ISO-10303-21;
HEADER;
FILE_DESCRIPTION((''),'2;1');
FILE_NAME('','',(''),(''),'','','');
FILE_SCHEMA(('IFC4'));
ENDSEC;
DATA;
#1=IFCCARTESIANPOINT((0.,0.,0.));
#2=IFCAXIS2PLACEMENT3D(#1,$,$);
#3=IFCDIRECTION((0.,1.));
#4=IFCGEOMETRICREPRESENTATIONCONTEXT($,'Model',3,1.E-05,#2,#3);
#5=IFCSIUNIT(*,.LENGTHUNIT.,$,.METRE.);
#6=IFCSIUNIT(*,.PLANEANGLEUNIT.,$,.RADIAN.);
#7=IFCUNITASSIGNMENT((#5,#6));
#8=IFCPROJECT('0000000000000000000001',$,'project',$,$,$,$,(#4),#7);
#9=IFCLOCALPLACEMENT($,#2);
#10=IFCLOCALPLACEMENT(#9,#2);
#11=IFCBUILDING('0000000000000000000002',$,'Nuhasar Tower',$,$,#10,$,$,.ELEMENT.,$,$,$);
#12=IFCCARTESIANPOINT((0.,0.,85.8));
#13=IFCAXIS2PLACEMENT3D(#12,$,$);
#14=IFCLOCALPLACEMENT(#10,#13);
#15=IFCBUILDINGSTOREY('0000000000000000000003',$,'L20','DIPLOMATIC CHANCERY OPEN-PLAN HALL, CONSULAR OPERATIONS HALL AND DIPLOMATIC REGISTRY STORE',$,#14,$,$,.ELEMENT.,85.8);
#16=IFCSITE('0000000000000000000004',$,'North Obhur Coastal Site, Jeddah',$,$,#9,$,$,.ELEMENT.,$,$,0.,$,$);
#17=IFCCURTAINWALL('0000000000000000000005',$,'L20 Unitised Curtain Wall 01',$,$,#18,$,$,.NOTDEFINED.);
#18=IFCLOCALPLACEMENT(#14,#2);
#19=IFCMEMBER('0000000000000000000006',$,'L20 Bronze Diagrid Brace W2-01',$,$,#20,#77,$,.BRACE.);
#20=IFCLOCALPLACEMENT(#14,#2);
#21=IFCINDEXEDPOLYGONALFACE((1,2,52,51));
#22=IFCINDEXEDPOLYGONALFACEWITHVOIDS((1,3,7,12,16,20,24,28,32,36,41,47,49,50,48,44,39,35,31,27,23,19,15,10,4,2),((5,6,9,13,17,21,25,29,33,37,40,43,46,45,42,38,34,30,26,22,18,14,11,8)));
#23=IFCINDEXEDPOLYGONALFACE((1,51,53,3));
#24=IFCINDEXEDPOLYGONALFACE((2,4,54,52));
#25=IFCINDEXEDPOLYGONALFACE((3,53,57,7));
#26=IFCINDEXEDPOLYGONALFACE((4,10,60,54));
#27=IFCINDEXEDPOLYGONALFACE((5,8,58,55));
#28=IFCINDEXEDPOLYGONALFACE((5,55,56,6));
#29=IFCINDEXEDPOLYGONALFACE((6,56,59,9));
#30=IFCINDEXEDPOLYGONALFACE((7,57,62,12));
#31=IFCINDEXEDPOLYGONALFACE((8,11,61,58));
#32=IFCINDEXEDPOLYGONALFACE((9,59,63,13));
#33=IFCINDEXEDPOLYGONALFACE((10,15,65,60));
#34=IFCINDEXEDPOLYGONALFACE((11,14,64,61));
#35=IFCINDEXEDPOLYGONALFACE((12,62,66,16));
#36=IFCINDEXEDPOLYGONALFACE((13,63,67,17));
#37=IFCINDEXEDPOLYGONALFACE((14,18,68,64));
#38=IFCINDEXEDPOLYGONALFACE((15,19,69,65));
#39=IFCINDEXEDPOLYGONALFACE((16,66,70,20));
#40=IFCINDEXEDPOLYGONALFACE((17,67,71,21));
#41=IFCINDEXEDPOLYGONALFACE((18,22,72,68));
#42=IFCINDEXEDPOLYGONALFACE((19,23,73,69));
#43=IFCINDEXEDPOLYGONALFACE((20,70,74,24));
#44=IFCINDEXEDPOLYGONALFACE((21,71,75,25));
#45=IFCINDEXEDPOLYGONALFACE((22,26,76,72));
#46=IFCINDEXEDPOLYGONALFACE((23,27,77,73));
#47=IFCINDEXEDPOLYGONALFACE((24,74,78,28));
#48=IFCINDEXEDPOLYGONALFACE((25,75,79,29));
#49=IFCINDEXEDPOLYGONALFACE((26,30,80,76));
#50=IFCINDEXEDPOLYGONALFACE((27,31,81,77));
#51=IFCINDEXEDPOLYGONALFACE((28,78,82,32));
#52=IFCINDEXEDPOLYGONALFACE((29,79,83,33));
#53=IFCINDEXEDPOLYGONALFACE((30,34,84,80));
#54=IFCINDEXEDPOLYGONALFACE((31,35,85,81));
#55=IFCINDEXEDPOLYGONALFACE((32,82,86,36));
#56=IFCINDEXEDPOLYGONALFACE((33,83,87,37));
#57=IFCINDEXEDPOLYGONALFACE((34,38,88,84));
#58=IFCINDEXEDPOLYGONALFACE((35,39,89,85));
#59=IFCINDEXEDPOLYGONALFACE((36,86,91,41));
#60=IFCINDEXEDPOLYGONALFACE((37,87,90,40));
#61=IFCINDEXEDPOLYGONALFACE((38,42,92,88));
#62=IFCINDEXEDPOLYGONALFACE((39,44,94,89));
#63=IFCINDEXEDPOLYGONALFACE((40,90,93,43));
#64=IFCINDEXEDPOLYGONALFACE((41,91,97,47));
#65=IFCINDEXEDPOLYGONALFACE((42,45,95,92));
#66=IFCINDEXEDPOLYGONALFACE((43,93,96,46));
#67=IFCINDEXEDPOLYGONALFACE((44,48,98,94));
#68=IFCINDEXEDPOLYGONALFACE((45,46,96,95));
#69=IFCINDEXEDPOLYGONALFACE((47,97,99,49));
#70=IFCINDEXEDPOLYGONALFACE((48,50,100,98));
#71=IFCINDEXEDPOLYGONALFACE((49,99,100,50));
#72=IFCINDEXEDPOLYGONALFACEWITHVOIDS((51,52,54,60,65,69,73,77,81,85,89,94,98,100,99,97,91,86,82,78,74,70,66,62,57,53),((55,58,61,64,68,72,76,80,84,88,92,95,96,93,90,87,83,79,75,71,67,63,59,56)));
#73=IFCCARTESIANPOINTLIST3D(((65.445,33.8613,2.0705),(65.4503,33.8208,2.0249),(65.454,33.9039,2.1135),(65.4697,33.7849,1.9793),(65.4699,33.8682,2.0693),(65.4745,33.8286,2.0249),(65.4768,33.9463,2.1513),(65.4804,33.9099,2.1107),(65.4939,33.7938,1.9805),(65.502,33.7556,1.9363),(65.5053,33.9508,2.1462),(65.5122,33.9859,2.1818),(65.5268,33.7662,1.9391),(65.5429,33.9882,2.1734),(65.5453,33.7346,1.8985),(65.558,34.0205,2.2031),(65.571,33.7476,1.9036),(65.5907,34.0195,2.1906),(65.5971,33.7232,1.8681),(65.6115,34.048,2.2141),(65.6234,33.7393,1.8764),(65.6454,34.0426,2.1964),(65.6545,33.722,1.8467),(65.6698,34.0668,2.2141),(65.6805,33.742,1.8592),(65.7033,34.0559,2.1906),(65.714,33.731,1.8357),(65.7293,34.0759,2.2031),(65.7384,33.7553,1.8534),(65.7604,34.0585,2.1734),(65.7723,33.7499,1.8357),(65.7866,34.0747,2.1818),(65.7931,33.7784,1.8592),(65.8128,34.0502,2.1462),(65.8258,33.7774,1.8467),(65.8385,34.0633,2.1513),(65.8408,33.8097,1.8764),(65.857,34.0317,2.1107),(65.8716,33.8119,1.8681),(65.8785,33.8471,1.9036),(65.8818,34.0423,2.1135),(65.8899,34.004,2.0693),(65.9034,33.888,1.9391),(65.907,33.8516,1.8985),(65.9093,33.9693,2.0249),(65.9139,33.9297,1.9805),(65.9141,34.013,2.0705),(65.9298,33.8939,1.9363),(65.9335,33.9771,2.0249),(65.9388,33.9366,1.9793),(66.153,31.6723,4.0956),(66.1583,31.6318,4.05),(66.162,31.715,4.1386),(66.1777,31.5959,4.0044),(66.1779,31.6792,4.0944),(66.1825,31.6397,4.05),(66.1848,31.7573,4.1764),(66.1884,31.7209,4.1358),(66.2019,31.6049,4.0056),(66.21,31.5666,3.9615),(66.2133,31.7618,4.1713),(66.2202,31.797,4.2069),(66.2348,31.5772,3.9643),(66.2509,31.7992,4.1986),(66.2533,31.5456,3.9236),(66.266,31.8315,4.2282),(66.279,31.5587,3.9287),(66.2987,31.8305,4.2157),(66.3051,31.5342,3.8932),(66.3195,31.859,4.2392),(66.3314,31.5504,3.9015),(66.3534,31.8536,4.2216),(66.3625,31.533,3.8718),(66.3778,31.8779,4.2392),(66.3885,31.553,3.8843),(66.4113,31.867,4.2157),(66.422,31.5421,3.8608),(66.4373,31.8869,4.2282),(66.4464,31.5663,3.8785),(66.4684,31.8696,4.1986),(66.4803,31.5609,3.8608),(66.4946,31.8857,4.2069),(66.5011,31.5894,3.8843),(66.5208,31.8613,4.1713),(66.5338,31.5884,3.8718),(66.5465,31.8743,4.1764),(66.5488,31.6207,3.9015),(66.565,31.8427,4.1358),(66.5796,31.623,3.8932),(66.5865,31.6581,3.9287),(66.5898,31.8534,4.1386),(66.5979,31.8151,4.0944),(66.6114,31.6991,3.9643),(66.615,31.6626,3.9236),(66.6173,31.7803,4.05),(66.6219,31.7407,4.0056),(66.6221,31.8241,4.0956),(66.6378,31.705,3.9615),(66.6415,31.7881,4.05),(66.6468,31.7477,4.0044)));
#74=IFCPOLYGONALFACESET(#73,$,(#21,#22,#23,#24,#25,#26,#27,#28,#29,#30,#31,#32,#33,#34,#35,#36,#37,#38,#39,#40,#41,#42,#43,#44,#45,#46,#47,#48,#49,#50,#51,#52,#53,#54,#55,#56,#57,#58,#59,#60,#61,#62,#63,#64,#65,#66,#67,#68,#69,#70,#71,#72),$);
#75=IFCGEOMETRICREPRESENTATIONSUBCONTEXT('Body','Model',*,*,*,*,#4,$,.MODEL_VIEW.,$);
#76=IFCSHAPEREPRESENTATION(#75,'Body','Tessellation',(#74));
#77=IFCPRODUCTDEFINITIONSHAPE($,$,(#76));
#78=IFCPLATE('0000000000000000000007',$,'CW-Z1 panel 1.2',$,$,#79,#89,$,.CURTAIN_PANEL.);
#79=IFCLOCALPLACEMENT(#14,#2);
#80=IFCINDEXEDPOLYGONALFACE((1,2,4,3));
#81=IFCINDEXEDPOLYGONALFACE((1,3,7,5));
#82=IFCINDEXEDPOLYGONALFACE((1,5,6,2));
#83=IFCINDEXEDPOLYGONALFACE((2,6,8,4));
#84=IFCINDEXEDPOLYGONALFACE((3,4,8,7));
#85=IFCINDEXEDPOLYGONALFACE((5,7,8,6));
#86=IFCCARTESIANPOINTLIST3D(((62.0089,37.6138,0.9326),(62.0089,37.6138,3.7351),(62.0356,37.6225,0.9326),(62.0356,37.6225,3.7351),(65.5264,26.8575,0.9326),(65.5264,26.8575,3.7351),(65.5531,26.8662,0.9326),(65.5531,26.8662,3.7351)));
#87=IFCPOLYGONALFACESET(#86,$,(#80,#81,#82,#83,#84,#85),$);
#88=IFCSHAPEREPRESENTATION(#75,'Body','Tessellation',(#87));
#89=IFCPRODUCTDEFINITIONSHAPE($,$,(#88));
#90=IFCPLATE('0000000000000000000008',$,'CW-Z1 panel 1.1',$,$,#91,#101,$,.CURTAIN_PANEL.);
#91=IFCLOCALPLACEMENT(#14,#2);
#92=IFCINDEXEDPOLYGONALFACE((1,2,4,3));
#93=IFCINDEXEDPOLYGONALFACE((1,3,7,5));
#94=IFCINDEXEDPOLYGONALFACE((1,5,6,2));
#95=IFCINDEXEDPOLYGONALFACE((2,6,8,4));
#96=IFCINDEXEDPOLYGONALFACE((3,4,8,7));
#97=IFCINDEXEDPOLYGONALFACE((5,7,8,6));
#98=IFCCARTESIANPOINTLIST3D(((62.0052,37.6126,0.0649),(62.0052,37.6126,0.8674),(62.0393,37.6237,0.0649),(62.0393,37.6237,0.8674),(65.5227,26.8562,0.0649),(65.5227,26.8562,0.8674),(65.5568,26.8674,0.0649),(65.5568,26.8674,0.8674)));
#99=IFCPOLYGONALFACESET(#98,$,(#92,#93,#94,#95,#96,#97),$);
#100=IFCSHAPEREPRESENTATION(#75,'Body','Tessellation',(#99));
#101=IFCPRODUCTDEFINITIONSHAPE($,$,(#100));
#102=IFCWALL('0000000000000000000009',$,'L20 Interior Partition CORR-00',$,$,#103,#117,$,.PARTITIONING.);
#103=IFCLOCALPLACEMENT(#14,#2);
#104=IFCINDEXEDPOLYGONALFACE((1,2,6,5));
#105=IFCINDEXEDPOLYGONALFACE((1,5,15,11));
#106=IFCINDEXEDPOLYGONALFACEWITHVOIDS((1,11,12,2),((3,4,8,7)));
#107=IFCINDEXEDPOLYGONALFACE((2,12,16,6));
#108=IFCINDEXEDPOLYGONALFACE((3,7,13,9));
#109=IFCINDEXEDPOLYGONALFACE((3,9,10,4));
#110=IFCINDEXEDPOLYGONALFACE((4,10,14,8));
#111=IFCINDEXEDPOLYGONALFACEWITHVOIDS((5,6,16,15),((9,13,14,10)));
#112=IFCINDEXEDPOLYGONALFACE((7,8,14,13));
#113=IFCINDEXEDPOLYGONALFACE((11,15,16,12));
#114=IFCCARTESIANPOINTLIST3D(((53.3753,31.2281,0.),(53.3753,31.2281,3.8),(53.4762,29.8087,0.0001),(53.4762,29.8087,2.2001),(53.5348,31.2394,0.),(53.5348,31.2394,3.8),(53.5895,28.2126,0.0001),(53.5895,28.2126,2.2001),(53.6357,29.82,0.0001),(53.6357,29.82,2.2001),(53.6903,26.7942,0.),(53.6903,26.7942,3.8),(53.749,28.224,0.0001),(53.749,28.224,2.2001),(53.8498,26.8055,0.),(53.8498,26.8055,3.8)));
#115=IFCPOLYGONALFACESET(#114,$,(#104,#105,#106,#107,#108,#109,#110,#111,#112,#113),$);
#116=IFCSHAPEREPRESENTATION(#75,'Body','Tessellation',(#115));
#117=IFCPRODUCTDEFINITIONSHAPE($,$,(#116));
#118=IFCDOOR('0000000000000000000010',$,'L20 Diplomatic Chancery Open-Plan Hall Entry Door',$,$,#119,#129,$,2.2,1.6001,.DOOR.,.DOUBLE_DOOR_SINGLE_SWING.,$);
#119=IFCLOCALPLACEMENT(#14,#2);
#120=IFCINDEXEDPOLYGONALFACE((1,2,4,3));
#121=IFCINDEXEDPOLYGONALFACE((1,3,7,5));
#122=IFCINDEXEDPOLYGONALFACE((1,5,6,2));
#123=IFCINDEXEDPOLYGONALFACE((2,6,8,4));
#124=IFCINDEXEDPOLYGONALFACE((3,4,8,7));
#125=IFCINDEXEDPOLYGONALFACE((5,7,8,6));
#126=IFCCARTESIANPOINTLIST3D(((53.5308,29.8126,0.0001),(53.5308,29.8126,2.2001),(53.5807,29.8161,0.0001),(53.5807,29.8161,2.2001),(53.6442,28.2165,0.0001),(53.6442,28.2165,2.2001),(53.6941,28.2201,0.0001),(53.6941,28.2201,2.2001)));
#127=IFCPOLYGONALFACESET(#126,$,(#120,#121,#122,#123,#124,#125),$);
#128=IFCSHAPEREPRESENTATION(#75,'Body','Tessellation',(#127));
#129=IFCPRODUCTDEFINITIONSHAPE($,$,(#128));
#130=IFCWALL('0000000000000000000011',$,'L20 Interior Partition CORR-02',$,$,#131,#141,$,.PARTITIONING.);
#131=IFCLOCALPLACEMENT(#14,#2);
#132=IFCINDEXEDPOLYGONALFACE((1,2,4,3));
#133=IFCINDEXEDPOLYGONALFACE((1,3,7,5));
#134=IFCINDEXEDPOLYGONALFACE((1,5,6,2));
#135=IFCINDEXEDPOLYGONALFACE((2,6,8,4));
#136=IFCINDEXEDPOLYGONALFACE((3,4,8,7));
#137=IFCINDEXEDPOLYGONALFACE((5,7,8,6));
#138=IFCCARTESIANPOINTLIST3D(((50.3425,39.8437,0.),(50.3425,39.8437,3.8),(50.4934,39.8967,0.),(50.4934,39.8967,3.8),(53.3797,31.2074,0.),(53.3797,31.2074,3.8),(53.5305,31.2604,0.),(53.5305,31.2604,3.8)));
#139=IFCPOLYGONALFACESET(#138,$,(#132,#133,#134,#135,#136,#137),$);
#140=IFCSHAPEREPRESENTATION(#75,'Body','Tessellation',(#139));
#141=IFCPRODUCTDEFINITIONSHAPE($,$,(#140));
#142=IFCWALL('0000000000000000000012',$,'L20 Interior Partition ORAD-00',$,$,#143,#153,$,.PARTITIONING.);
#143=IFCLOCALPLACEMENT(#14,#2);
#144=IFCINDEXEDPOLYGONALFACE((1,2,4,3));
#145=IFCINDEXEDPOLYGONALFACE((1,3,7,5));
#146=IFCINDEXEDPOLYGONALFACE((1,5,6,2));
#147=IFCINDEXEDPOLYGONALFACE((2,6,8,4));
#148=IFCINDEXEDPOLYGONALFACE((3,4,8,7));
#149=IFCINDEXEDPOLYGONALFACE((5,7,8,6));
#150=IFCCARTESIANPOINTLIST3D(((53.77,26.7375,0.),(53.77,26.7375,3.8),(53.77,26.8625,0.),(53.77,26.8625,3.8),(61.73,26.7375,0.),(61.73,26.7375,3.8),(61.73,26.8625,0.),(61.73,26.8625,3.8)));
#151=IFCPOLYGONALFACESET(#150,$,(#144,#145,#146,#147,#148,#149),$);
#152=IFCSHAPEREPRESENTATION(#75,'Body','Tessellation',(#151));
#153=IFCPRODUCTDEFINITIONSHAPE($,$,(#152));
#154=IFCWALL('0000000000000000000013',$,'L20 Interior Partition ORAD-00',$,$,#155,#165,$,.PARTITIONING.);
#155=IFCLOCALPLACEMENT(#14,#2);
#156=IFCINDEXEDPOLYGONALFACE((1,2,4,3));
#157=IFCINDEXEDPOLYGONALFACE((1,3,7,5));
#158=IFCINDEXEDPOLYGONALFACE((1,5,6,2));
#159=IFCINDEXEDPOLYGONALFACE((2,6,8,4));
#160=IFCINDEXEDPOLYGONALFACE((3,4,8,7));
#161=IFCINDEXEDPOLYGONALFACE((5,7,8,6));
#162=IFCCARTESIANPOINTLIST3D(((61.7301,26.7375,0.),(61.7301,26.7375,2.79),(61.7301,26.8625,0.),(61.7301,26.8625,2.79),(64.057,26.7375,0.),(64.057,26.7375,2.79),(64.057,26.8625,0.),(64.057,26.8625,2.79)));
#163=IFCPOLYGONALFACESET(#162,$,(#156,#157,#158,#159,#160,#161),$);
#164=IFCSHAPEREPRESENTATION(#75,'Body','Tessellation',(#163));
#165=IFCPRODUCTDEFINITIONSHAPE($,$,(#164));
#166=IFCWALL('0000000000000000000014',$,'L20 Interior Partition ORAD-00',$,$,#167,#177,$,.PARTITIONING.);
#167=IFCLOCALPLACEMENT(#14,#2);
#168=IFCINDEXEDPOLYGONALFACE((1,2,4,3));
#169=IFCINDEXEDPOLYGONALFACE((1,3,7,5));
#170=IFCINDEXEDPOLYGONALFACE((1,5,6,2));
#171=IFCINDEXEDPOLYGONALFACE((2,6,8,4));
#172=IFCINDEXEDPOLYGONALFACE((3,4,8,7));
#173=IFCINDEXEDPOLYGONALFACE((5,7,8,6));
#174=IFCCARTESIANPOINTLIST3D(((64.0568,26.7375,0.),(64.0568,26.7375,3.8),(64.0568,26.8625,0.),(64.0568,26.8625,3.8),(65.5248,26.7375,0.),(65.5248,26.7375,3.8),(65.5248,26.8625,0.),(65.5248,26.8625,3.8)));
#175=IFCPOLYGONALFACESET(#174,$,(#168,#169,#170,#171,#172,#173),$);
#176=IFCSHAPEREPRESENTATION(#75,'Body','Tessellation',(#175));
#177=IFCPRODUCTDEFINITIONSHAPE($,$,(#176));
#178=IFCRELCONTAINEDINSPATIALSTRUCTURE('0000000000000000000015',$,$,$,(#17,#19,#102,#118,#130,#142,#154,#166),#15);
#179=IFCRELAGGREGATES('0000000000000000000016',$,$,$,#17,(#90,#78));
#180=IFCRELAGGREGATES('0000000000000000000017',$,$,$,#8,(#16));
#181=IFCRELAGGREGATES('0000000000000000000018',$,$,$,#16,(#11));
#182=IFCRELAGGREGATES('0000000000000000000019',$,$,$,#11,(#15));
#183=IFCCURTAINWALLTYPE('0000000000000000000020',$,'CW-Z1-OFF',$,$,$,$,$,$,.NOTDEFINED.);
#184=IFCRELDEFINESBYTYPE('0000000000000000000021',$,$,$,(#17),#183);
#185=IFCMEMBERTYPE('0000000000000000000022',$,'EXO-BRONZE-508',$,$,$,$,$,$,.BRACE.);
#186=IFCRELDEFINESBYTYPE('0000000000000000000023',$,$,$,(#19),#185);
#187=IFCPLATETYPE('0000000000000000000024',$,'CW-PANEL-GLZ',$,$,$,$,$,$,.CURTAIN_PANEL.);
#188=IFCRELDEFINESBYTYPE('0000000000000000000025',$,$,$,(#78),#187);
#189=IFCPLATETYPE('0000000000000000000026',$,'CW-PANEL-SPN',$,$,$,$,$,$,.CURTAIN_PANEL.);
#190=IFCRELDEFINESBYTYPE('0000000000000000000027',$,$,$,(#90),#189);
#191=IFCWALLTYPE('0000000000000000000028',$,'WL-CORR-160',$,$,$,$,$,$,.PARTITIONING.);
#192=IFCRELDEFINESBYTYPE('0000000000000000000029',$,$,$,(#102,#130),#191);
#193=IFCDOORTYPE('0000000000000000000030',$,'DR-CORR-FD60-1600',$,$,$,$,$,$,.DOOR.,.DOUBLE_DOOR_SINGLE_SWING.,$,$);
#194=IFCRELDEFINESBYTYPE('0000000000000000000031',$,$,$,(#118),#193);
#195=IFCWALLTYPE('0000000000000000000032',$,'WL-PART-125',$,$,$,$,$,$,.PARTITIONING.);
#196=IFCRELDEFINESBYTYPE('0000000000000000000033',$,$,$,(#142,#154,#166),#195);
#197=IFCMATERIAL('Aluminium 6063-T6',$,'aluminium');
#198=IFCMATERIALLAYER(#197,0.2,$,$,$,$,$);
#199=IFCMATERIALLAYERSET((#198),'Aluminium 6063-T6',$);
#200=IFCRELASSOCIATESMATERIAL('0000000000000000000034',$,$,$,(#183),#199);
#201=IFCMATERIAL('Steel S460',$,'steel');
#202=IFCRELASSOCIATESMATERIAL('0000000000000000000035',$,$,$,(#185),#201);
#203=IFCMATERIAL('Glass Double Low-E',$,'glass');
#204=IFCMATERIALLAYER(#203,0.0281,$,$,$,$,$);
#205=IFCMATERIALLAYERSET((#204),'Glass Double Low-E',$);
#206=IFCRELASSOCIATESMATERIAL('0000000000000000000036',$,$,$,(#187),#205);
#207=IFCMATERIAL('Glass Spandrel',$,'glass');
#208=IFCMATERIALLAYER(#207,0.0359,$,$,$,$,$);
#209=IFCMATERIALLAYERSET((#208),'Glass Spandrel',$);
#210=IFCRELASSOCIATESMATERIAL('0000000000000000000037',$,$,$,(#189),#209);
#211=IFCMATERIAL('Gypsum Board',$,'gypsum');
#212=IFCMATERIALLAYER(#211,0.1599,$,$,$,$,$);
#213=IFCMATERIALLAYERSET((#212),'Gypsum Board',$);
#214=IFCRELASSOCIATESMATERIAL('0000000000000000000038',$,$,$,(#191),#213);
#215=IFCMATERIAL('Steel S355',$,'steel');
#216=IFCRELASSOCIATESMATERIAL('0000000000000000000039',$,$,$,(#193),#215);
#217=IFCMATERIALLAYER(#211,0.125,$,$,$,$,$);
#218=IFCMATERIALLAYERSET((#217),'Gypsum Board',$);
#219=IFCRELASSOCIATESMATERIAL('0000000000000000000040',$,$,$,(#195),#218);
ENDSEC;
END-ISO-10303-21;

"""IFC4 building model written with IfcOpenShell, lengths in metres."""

from ifc_helpers import new_model, si_unit, direction, frame, frame_2d, origin, origin_2d, place, context, subcontext, project, spatial, rectangle, hollow_circle, extrude, material, layer, layer_set, material_profile, profile_set, type_object, element, fill, aggregate, save


model = new_model("IFC4")

# Units and contexts
model_context = context("Model", 3, precision=1e-05, world=origin(), true_north=direction((0.0, 1.0)))
body_context = subcontext(model_context, "Body", "Model", "MODEL_VIEW")
ifc_project = project(units=[si_unit("LENGTHUNIT", "METRE"), si_unit("PLANEANGLEUNIT", "RADIAN")], contexts=[model_context])

# Site, building, storey
site_placement = place(None, origin())
site = spatial("IfcSite", under=ifc_project, at=site_placement, Name="North Obhur Coastal Site, Jeddah", CompositionType="ELEMENT", RefElevation=0.0)
building_placement = place(site_placement, origin())
building = spatial("IfcBuilding", under=site, at=building_placement, Name="Nuhasar Tower", CompositionType="ELEMENT")
storey_placement = place(building_placement, frame((0.0, 0.0, 85.8)))
storey = spatial("IfcBuildingStorey", under=building, at=storey_placement, Name="L20", Description="DIPLOMATIC CHANCERY OPEN-PLAN HALL, CONSULAR OPERATIONS HALL AND DIPLOMATIC REGISTRY STORE", CompositionType="ELEMENT", Elevation=85.8)

# Shared definitions
ifc_material_1 = material(Name="Steel S355", Category="steel")

# Curtain wall
ifc_material_2 = material(Name="Aluminium 6063-T6", Category="aluminium")
ifc_layer_1 = layer(ifc_material_2, 0.2)
ifc_layer_set_1 = layer_set([ifc_layer_1], Name="Aluminium 6063-T6")
curtain_wall_type = type_object("IfcCurtainWallType", Name="CW-Z1-OFF", PredefinedType="NOTDEFINED", material=ifc_layer_set_1)
curtain_wall_1_placement = place(storey_placement, origin())
curtain_wall_1 = element("IfcCurtainWall", 1, at=curtain_wall_1_placement, inside=storey, type_object=curtain_wall_type, Name="L20 Unitised Curtain Wall 01", PredefinedType="NOTDEFINED")

# Member
ifc_material_3 = material(Name="Steel S460", Category="steel")
ifc_material_profile_1 = material_profile(ifc_material_3, hollow_circle(Radius=0.2539, WallThickness=0.0254, at=origin_2d()), Name="HSS508X25.4")
ifc_profile_set_1 = profile_set([ifc_material_profile_1], Name="Steel S460")
member_type_1 = type_object("IfcMemberType", Name="EXO-BRONZE-508", PredefinedType="BRACE", material=ifc_profile_set_1)
member_1_placement = place(storey_placement, frame((65.6919, 33.8989, 2.0249), z_axis=(0.231, -0.714187, 0.660739), x_axis=(0.951468, 0.307747, 0.0)))
element("IfcMember", 2, at=member_1_placement, inside=storey, type_object=member_type_1, Name="L20 Bronze Diagrid Brace W2-01", PredefinedType="BRACE", context=body_context, shape_type="SweptSolid", body=[
    extrude(hollow_circle(Radius=0.2539, WallThickness=0.0254, at=origin_2d()), origin(), (0.0, 0.0, 1.0), 3.0649),
])

# Plates
ifc_material_4 = material(Name="Glass Double Low-E", Category="glass")
ifc_layer_2 = layer(ifc_material_4, 0.0281)
ifc_layer_set_2 = layer_set([ifc_layer_2], Name="Glass Double Low-E")
plate_type_1 = type_object("IfcPlateType", Name="CW-PANEL-GLZ", PredefinedType="CURTAIN_PANEL", material=ifc_layer_set_2)
plate_1_placement = place(storey_placement, frame((63.781, 32.24, 0.9326), z_axis=(0.0, 0.0, 1.0), x_axis=(-0.310824, 0.950468, 0.0)))
plate_1 = element("IfcPlate", 3, at=plate_1_placement, type_object=plate_type_1, Name="CW-Z1 panel 1.2", PredefinedType="CURTAIN_PANEL", context=body_context, shape_type="SweptSolid", body=[
    extrude(rectangle(XDim=11.3169, YDim=0.0281, at=origin_2d()), origin(), (0.0, 0.0, 1.0), 2.8025),
])
ifc_material_5 = material(Name="Glass Spandrel", Category="glass")
ifc_layer_3 = layer(ifc_material_5, 0.0359)
ifc_layer_set_3 = layer_set([ifc_layer_3], Name="Glass Spandrel")
plate_type_2 = type_object("IfcPlateType", Name="CW-PANEL-SPN", PredefinedType="CURTAIN_PANEL", material=ifc_layer_set_3)
plate_2_placement = place(storey_placement, frame((63.781, 32.24, 0.0649), z_axis=(0.0, 0.0, 1.0), x_axis=(-0.310824, 0.950468, 0.0)))
plate_2 = element("IfcPlate", 4, at=plate_2_placement, type_object=plate_type_2, Name="CW-Z1 panel 1.1", PredefinedType="CURTAIN_PANEL", context=body_context, shape_type="SweptSolid", body=[
    extrude(rectangle(XDim=11.3169, YDim=0.0359, at=origin_2d()), origin(), (0.0, 0.0, 1.0), 0.8025),
])
aggregate(curtain_wall_1, [plate_2, plate_1])

# Wall, opening, door
ifc_material_6 = material(Name="Gypsum Board", Category="gypsum")
ifc_layer_4 = layer(ifc_material_6, 0.1599)
ifc_layer_set_4 = layer_set([ifc_layer_4], Name="Gypsum Board")
wall_type_1 = type_object("IfcWallType", Name="WL-CORR-160", PredefinedType="PARTITIONING", material=ifc_layer_set_4)
wall_1_placement = place(storey_placement, frame((53.4551, 31.2339, 0.0), z_axis=(0.0, 0.0, 1.0), x_axis=(0.070853, -0.997487, 0.0)))
wall_1 = element("IfcWall", 5, at=wall_1_placement, inside=storey, type_object=wall_type_1, Name="L20 Interior Partition CORR-00", PredefinedType="PARTITIONING", context=body_context, shape_type="SweptSolid", body=[
    extrude(rectangle(XDim=4.4451, YDim=0.1599, at=frame_2d((2.2227, 0.0))), origin(), (0.0, 0.0, 1.0), 3.8),
])
opening_placement = place(wall_1_placement, frame((1.4231, 0.0, 0.0)))
opening = element("IfcOpeningElement", 6, at=opening_placement, cuts=wall_1, PredefinedType="OPENING", context=body_context, shape_type="SweptSolid", body=[
    extrude(rectangle(XDim=1.6001, YDim=2.2, at=frame_2d((0.8, 1.1001))), frame((0.0, 0.0898, 0.0), z_axis=(0.0, -1.0, 0.0), x_axis=(1.0, 0.0, 0.0)), (0.0, 0.0, 1.0), 0.1799),
])
door_type = type_object("IfcDoorType", Name="DR-CORR-FD60-1600", OperationType="DOUBLE_DOOR_SINGLE_SWING", PredefinedType="DOOR", material=ifc_material_1)
door_placement = place(opening_placement, origin())
door = element("IfcDoor", 7, at=door_placement, inside=storey, type_object=door_type, Name="L20 Diplomatic Chancery Open-Plan Hall Entry Door", OperationType="DOUBLE_DOOR_SINGLE_SWING", OverallHeight=2.2, OverallWidth=1.6001, PredefinedType="DOOR", context=body_context, shape_type="SweptSolid", body=[
    extrude(rectangle(XDim=1.6001, YDim=2.2, at=frame_2d((0.8, 1.1001))), frame((0.0, 0.0249, 0.0), z_axis=(0.0, -1.0, 0.0), x_axis=(1.0, 0.0, 0.0)), (0.0, 0.0, 1.0), 0.05),
])
fill(opening, door)

# Walls
wall_2_placement = place(storey_placement, frame((53.4551, 31.2339, 0.0), z_axis=(0.0, 0.0, 1.0), x_axis=(-0.331754, 0.943366, 0.0)))
element("IfcWall", 8, at=wall_2_placement, inside=storey, type_object=wall_type_1, Name="L20 Interior Partition CORR-02", PredefinedType="PARTITIONING", context=body_context, shape_type="SweptSolid", body=[
    extrude(rectangle(XDim=9.1548, YDim=0.1599, at=frame_2d((4.5774, 0.0))), origin(), (0.0, 0.0, 1.0), 3.8),
])
ifc_layer_5 = layer(ifc_material_6, 0.125)
ifc_layer_set_5 = layer_set([ifc_layer_5], Name="Gypsum Board")
wall_type_2 = type_object("IfcWallType", Name="WL-PART-125", PredefinedType="PARTITIONING", material=ifc_layer_set_5)
wall_3_placement = place(storey_placement, frame((53.77, 26.8, 0.0), z_axis=(0.0, 0.0, 1.0), x_axis=(1.0, 0.0, 0.0)))
element("IfcWall", 9, at=wall_3_placement, inside=storey, type_object=wall_type_2, Name="L20 Interior Partition ORAD-00", PredefinedType="PARTITIONING", context=body_context, shape_type="SweptSolid", body=[
    extrude(rectangle(XDim=7.96, YDim=0.125, at=frame_2d((3.98, 0.0))), origin(), (0.0, 0.0, 1.0), 3.8),
])
wall_4_placement = place(storey_placement, frame((61.73, 26.8, 0.0), z_axis=(0.0, 0.0, 1.0), x_axis=(1.0, 0.0, 0.0)))
element("IfcWall", 10, at=wall_4_placement, inside=storey, type_object=wall_type_2, Name="L20 Interior Partition ORAD-00", PredefinedType="PARTITIONING", context=body_context, shape_type="SweptSolid", body=[
    extrude(rectangle(XDim=2.3269, YDim=0.125, at=frame_2d((1.1636, 0.0))), origin(), (0.0, 0.0, 1.0), 2.79),
])
wall_5_placement = place(storey_placement, frame((64.0569, 26.8, 0.0), z_axis=(0.0, 0.0, 1.0), x_axis=(1.0, 0.0, 0.0)))
element("IfcWall", 11, at=wall_5_placement, inside=storey, type_object=wall_type_2, Name="L20 Interior Partition ORAD-00", PredefinedType="PARTITIONING", context=body_context, shape_type="SweptSolid", body=[
    extrude(rectangle(XDim=1.468, YDim=0.125, at=frame_2d((0.7339, 0.0))), origin(), (0.0, 0.0, 1.0), 3.8),
])

save(model, "model.ifc")
